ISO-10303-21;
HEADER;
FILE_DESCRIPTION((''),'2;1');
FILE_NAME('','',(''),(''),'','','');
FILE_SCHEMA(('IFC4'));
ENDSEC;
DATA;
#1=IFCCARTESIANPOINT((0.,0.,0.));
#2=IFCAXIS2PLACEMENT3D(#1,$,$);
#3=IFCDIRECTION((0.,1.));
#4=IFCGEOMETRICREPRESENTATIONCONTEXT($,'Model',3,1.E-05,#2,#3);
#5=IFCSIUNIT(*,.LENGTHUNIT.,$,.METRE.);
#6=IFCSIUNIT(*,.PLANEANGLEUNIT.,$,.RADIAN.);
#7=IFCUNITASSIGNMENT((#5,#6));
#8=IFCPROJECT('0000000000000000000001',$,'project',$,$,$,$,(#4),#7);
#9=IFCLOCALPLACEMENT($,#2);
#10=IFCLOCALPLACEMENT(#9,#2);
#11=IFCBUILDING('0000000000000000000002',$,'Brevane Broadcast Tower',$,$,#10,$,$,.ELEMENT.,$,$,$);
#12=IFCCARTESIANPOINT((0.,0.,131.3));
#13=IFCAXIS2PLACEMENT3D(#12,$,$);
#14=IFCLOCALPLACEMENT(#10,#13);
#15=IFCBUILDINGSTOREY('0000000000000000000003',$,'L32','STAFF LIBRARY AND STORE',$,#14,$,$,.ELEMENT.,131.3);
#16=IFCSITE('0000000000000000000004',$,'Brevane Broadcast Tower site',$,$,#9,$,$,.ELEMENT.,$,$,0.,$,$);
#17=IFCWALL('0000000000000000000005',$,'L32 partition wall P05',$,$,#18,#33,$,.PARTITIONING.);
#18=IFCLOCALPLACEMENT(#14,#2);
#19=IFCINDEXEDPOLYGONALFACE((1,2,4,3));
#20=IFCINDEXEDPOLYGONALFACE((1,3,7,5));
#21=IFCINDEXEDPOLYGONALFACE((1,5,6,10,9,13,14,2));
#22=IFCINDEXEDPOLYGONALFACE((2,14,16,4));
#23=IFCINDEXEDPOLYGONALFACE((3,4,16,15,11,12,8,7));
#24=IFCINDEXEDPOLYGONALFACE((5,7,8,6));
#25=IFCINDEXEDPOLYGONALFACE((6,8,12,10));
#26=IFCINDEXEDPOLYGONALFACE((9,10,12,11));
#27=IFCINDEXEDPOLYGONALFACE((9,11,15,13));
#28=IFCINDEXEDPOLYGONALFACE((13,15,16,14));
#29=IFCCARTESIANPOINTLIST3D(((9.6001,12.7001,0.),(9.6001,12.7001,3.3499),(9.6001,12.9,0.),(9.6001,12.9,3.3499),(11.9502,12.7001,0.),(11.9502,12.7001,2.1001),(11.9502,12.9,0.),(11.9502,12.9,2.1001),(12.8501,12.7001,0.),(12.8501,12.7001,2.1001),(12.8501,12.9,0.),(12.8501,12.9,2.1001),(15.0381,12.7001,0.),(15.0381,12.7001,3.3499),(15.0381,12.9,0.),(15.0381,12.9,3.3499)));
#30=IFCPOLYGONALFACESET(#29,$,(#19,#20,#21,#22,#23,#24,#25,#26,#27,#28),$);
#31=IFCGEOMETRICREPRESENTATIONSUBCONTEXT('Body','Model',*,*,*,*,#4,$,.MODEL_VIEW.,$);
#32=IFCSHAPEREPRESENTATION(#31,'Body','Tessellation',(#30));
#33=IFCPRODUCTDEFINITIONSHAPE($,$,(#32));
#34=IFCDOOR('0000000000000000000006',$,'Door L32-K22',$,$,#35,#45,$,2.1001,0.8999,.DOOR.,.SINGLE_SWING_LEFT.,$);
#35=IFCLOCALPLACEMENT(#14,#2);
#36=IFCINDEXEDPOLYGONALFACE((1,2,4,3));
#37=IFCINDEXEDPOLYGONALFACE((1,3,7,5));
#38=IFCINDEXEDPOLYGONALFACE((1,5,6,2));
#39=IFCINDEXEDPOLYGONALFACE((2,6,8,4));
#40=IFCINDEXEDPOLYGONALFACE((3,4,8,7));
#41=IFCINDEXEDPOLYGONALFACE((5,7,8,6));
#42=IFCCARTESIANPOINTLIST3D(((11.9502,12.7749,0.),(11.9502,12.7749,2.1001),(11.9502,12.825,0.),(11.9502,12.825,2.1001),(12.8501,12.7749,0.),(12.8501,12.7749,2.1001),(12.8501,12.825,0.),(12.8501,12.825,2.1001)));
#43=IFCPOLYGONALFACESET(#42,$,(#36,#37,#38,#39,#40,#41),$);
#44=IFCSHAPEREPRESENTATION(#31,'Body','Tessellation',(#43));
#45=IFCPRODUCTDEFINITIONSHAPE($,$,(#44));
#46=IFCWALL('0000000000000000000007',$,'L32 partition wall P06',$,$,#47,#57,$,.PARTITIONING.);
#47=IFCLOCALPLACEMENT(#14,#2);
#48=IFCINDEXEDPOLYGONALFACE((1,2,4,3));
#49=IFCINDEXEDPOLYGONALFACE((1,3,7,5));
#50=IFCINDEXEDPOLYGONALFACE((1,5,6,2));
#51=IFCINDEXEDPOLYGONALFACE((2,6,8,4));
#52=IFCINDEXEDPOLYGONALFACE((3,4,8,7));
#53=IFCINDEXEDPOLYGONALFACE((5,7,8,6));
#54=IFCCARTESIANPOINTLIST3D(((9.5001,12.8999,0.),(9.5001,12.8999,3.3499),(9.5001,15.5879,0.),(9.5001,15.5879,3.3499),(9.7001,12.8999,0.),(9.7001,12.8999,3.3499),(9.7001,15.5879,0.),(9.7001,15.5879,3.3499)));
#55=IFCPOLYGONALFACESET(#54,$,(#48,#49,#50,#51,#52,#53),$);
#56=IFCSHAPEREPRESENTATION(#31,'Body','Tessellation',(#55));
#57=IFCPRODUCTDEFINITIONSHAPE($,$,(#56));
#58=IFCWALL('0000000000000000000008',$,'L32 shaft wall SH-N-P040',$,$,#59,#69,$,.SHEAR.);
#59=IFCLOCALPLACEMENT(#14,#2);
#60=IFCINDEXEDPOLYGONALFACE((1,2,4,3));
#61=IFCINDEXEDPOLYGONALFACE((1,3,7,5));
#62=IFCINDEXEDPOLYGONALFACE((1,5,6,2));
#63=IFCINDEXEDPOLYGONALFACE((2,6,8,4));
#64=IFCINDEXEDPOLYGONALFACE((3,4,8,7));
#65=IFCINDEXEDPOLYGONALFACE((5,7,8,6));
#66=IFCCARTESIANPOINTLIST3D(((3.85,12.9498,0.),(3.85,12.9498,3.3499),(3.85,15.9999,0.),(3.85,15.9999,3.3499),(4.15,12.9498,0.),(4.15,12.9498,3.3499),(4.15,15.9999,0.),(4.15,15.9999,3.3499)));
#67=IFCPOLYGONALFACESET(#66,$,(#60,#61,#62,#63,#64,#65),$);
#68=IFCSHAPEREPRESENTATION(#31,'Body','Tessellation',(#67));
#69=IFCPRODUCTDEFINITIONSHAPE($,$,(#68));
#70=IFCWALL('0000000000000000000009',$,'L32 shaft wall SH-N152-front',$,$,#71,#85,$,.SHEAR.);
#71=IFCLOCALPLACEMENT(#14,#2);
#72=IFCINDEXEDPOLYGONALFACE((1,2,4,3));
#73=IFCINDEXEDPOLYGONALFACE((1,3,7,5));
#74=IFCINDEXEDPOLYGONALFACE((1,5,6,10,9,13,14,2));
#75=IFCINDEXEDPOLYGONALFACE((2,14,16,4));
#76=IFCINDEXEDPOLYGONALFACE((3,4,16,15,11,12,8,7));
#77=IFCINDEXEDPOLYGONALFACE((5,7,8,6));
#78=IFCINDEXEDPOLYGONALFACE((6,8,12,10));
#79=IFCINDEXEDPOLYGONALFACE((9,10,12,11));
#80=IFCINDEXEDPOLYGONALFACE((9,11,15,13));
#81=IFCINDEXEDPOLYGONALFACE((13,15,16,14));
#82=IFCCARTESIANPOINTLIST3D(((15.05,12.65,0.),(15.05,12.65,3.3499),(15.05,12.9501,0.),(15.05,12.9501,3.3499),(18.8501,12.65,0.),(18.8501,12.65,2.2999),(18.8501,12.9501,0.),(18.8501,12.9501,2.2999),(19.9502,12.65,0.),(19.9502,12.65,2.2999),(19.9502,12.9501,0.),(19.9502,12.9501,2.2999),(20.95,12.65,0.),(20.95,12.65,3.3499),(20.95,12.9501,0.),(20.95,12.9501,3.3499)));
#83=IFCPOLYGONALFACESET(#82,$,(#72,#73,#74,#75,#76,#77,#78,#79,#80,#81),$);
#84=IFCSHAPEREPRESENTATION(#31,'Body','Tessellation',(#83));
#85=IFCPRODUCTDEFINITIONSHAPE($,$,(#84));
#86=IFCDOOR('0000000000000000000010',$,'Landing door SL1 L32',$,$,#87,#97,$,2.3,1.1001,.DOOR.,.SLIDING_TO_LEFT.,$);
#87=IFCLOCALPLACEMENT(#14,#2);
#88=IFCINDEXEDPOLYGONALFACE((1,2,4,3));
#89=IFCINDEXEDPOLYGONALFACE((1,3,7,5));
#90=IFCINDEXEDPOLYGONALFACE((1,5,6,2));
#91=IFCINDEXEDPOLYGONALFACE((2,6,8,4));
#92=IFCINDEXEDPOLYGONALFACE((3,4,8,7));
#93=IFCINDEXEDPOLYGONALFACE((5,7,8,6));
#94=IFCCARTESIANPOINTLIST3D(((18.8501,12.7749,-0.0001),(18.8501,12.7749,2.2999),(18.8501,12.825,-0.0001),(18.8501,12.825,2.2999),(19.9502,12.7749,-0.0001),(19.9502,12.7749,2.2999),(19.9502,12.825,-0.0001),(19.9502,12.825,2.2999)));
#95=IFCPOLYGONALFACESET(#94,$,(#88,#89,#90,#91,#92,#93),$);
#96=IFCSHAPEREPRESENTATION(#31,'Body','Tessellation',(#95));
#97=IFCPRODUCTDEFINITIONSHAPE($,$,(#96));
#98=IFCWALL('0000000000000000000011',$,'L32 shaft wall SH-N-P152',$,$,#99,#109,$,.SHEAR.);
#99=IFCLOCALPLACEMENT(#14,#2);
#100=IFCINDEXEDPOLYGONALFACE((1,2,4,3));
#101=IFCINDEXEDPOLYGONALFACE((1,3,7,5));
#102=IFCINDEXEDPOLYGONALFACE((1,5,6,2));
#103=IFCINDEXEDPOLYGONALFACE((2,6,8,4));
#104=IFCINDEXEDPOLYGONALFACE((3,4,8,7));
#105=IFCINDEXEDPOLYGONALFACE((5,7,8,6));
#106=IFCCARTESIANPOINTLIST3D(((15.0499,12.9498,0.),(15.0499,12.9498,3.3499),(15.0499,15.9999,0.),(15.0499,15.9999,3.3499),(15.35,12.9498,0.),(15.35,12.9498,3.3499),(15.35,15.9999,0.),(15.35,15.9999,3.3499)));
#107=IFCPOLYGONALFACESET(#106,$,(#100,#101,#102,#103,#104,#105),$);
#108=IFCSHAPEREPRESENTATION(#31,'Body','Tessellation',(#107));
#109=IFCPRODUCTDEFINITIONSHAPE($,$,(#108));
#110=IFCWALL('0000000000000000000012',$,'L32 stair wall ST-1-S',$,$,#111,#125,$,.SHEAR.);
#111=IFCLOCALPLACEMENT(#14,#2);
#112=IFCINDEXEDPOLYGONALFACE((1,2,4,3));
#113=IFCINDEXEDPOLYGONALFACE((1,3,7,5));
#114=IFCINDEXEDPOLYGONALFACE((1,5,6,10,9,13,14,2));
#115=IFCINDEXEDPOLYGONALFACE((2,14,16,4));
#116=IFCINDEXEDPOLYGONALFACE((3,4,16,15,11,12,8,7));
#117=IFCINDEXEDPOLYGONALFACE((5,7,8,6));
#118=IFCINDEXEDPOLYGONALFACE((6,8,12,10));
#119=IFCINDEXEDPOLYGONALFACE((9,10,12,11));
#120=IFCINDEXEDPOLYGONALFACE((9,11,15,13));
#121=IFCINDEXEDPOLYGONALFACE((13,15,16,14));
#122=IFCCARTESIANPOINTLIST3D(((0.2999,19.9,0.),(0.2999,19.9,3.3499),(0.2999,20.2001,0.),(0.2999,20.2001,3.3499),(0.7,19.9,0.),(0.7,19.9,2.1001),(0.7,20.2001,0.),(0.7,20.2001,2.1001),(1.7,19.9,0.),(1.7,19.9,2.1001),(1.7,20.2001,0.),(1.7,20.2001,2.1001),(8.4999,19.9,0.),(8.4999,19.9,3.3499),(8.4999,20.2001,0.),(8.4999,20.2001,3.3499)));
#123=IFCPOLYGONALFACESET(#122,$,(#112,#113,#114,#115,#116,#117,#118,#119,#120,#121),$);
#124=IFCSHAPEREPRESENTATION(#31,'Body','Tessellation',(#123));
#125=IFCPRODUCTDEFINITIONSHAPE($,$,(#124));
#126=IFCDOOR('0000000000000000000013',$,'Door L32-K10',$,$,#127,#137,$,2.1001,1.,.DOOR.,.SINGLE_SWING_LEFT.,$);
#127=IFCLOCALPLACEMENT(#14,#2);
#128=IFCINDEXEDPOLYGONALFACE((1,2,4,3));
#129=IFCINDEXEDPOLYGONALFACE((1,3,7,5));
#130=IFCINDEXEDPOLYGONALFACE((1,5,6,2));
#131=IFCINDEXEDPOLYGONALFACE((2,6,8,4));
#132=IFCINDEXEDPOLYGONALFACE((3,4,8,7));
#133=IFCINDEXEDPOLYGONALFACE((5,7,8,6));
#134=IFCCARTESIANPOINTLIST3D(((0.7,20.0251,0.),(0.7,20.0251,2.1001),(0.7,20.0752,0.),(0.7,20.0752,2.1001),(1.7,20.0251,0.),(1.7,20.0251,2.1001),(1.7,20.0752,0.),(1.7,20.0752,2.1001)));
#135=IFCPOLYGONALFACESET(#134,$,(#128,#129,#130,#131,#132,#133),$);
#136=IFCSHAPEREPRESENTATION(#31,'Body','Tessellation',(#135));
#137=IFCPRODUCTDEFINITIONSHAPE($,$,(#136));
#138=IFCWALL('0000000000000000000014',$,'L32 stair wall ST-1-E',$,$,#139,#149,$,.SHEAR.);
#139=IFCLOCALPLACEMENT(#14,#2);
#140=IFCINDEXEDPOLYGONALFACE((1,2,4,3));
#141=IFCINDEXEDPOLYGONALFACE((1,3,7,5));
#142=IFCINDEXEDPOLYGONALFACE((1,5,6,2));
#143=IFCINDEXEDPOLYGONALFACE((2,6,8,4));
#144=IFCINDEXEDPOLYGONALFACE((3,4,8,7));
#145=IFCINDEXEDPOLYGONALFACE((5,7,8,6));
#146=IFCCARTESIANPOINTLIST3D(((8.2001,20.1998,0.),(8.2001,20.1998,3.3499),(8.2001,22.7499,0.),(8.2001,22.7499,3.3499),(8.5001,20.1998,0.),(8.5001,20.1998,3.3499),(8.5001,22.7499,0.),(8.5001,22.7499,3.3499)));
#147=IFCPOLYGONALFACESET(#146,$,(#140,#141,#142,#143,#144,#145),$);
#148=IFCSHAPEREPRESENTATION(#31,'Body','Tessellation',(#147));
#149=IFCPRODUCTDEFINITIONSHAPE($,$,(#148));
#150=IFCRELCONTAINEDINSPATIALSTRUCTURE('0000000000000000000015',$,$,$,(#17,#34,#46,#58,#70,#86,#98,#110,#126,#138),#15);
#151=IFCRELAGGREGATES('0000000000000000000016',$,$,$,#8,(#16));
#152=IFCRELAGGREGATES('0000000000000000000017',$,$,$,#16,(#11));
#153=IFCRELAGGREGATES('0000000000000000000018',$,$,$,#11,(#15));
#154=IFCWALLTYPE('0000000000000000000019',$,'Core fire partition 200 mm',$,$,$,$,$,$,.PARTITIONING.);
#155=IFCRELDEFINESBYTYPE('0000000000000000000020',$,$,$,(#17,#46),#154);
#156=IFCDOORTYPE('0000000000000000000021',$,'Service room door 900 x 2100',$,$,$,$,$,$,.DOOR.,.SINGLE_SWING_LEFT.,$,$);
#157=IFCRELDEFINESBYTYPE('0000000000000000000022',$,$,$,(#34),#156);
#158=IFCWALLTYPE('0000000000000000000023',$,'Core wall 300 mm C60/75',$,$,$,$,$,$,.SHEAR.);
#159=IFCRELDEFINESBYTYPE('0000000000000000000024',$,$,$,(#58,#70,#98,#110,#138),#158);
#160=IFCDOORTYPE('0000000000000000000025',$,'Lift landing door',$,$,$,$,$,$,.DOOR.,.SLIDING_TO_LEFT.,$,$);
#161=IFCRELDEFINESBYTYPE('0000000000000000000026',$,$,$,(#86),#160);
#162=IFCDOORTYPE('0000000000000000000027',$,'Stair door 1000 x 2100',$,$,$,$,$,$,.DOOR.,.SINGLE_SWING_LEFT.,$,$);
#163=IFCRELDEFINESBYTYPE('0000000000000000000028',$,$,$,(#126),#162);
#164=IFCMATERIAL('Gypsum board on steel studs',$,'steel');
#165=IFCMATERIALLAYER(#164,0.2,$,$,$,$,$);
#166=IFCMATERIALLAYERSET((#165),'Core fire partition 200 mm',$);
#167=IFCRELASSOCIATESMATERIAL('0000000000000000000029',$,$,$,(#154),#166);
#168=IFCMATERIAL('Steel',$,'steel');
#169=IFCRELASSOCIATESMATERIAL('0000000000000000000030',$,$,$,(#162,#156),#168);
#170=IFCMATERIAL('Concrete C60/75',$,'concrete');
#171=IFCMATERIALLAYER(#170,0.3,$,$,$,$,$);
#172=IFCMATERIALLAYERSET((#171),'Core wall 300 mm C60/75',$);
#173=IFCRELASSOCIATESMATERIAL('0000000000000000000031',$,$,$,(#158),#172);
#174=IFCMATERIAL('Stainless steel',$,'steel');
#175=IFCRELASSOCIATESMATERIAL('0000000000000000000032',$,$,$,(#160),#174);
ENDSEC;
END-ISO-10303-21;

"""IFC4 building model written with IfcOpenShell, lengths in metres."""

from ifc_helpers import new_model, si_unit, direction, frame, frame_2d, origin, place, context, subcontext, project, spatial, rectangle, extrude, material, layer, layer_set, type_object, element, fill, save


model = new_model("IFC4")

# Units and contexts
model_context = context("Model", 3, precision=1e-05, world=origin(), true_north=direction((0.0, 1.0)))
body_context = subcontext(model_context, "Body", "Model", "MODEL_VIEW")
ifc_project = project(units=[si_unit("LENGTHUNIT", "METRE"), si_unit("PLANEANGLEUNIT", "RADIAN")], contexts=[model_context])

# Site, building, storey
site_placement = place(None, origin())
site = spatial("IfcSite", under=ifc_project, at=site_placement, Name="Brevane Broadcast Tower site", CompositionType="ELEMENT", RefElevation=0.0)
building_placement = place(site_placement, origin())
building = spatial("IfcBuilding", under=site, at=building_placement, Name="Brevane Broadcast Tower", CompositionType="ELEMENT")
storey_placement = place(building_placement, frame((0.0, 0.0, 131.3)))
storey = spatial("IfcBuildingStorey", under=building, at=storey_placement, Name="L32", Description="STAFF LIBRARY AND STORE", CompositionType="ELEMENT", Elevation=131.3)

# Shared definitions
ifc_material_1 = material(Name="Gypsum board on steel studs", Category="steel")
ifc_material_2 = material(Name="Steel", Category="steel")

# Wall, opening, door
ifc_layer_1 = layer(ifc_material_1, 0.2)
ifc_layer_set_1 = layer_set([ifc_layer_1], Name="Core fire partition 200 mm")
wall_type_1 = type_object("IfcWallType", Name="Core fire partition 200 mm", PredefinedType="PARTITIONING", material=ifc_layer_set_1)
door_type_1 = type_object("IfcDoorType", Name="Stair door 1000 x 2100", OperationType="SINGLE_SWING_LEFT", PredefinedType="DOOR", material=ifc_material_2)
door_type_2 = type_object("IfcDoorType", Name="Service room door 900 x 2100", OperationType="SINGLE_SWING_LEFT", PredefinedType="DOOR", material=ifc_material_2)
wall_1_placement = place(storey_placement, frame((9.6001, 12.8, 0.0), z_axis=(0.0, 0.0, 1.0), x_axis=(1.0, 0.0, 0.0)))
wall_1 = element("IfcWall", 1, at=wall_1_placement, inside=storey, type_object=wall_type_1, Name="L32 partition wall P05", PredefinedType="PARTITIONING", context=body_context, shape_type="SweptSolid", body=[
    extrude(rectangle(XDim=5.438, YDim=0.2, at=frame_2d((2.719, 0.0))), origin(), (0.0, 0.0, 1.0), 3.3499),
])
opening_1_placement = place(wall_1_placement, frame((2.3501, 0.0, 0.0)))
opening_1 = element("IfcOpeningElement", 2, at=opening_1_placement, cuts=wall_1, PredefinedType="OPENING", context=body_context, shape_type="SweptSolid", body=[
    extrude(rectangle(XDim=0.8999, YDim=2.1001, at=frame_2d((0.45, 1.05))), frame((0.0, 0.1099, 0.0), z_axis=(0.0, -1.0, 0.0), x_axis=(1.0, 0.0, 0.0)), (0.0, 0.0, 1.0), 0.22),
])
door_1_placement = place(opening_1_placement, origin())
door_1 = element("IfcDoor", 3, at=door_1_placement, inside=storey, type_object=door_type_2, Name="Door L32-K22", OperationType="SINGLE_SWING_LEFT", OverallHeight=2.1001, OverallWidth=0.8999, PredefinedType="DOOR", context=body_context, shape_type="SweptSolid", body=[
    extrude(rectangle(XDim=0.8999, YDim=2.1001, at=frame_2d((0.45, 1.05))), frame((0.0, 0.0249, 0.0), z_axis=(0.0, -1.0, 0.0), x_axis=(1.0, 0.0, 0.0)), (0.0, 0.0, 1.0), 0.05),
])
fill(opening_1, door_1)

# Walls
wall_2_placement = place(storey_placement, frame((9.6001, 15.5879, 0.0), z_axis=(0.0, 0.0, 1.0), x_axis=(0.0, -1.0, 0.0)))
element("IfcWall", 4, at=wall_2_placement, inside=storey, type_object=wall_type_1, Name="L32 partition wall P06", PredefinedType="PARTITIONING", context=body_context, shape_type="SweptSolid", body=[
    extrude(rectangle(XDim=2.688, YDim=0.2, at=frame_2d((1.344, 0.0))), origin(), (0.0, 0.0, 1.0), 3.3499),
])
ifc_material_3 = material(Name="Concrete C60/75", Category="concrete")
ifc_layer_2 = layer(ifc_material_3, 0.3)
ifc_layer_set_2 = layer_set([ifc_layer_2], Name="Core wall 300 mm C60/75")
wall_type_2 = type_object("IfcWallType", Name="Core wall 300 mm C60/75", PredefinedType="SHEAR", material=ifc_layer_set_2)
wall_3_placement = place(storey_placement, frame((4.0, 12.95, 0.0), z_axis=(0.0, 0.0, 1.0), x_axis=(0.0, 1.0, 0.0)))
element("IfcWall", 5, at=wall_3_placement, inside=storey, type_object=wall_type_2, Name="L32 shaft wall SH-N-P040", PredefinedType="SHEAR", context=body_context, shape_type="SweptSolid", body=[
    extrude(rectangle(XDim=3.05, YDim=0.3, at=frame_2d((1.5249, 0.0))), origin(), (0.0, 0.0, 1.0), 3.3499),
])

# Wall, opening, door
wall_4_placement = place(storey_placement, frame((15.05, 12.8, 0.0), z_axis=(0.0, 0.0, 1.0), x_axis=(1.0, 0.0, 0.0)))
wall_4 = element("IfcWall", 6, at=wall_4_placement, inside=storey, type_object=wall_type_2, Name="L32 shaft wall SH-N152-front", PredefinedType="SHEAR", context=body_context, shape_type="SweptSolid", body=[
    extrude(rectangle(XDim=5.8999, YDim=0.3, at=frame_2d((2.95, 0.0))), origin(), (0.0, 0.0, 1.0), 3.3499),
])
opening_2_placement = place(wall_4_placement, frame((3.8, 0.0, 0.0)))
opening_2 = element("IfcOpeningElement", 7, at=opening_2_placement, cuts=wall_4, PredefinedType="OPENING", context=body_context, shape_type="SweptSolid", body=[
    extrude(rectangle(XDim=1.1001, YDim=2.3, at=frame_2d((0.55, 1.1499))), frame((0.0, 0.1599, 0.0), z_axis=(0.0, -1.0, 0.0), x_axis=(1.0, 0.0, 0.0)), (0.0, 0.0, 1.0), 0.3201),
])
ifc_material_4 = material(Name="Stainless steel", Category="steel")
door_type_3 = type_object("IfcDoorType", Name="Lift landing door", OperationType="SLIDING_TO_LEFT", PredefinedType="DOOR", material=ifc_material_4)
door_2_placement = place(opening_2_placement, origin())
door_2 = element("IfcDoor", 8, at=door_2_placement, inside=storey, type_object=door_type_3, Name="Landing door SL1 L32", OperationType="SLIDING_TO_LEFT", OverallHeight=2.3, OverallWidth=1.1001, PredefinedType="DOOR", context=body_context, shape_type="SweptSolid", body=[
    extrude(rectangle(XDim=1.1001, YDim=2.3, at=frame_2d((0.55, 1.1499))), frame((0.0, 0.0249, 0.0), z_axis=(0.0, -1.0, 0.0), x_axis=(1.0, 0.0, 0.0)), (0.0, 0.0, 1.0), 0.05),
])
fill(opening_2, door_2)

# Wall
wall_5_placement = place(storey_placement, frame((15.2, 12.95, 0.0), z_axis=(0.0, 0.0, 1.0), x_axis=(0.0, 1.0, 0.0)))
element("IfcWall", 9, at=wall_5_placement, inside=storey, type_object=wall_type_2, Name="L32 shaft wall SH-N-P152", PredefinedType="SHEAR", context=body_context, shape_type="SweptSolid", body=[
    extrude(rectangle(XDim=3.05, YDim=0.3, at=frame_2d((1.5249, 0.0))), origin(), (0.0, 0.0, 1.0), 3.3499),
])

# Wall, opening, door
wall_6_placement = place(storey_placement, frame((8.5, 20.05, 0.0), z_axis=(0.0, 0.0, 1.0), x_axis=(-1.0, 0.0, 0.0)))
wall_6 = element("IfcWall", 10, at=wall_6_placement, inside=storey, type_object=wall_type_2, Name="L32 stair wall ST-1-S", PredefinedType="SHEAR", context=body_context, shape_type="SweptSolid", body=[
    extrude(rectangle(XDim=8.2, YDim=0.3, at=frame_2d((4.1001, 0.0))), origin(), (0.0, 0.0, 1.0), 3.3499),
])
opening_3_placement = place(wall_6_placement, frame((6.8, 0.0, 0.0)))
opening_3 = element("IfcOpeningElement", 11, at=opening_3_placement, cuts=wall_6, PredefinedType="OPENING", context=body_context, shape_type="SweptSolid", body=[
    extrude(rectangle(XDim=1.0, YDim=2.1001, at=frame_2d((0.5, 1.05))), frame((0.0, 0.1599, 0.0), z_axis=(0.0, -1.0, 0.0), x_axis=(1.0, 0.0, 0.0)), (0.0, 0.0, 1.0), 0.3201),
])
door_3_placement = place(opening_3_placement, origin())
door_3 = element("IfcDoor", 12, at=door_3_placement, inside=storey, type_object=door_type_1, Name="Door L32-K10", OperationType="SINGLE_SWING_LEFT", OverallHeight=2.1001, OverallWidth=1.0, PredefinedType="DOOR", context=body_context, shape_type="SweptSolid", body=[
    extrude(rectangle(XDim=1.0, YDim=2.1001, at=frame_2d((0.5, 1.05))), frame((0.0, 0.0249, 0.0), z_axis=(0.0, -1.0, 0.0), x_axis=(1.0, 0.0, 0.0)), (0.0, 0.0, 1.0), 0.05),
])
fill(opening_3, door_3)

# Wall
wall_7_placement = place(storey_placement, frame((8.3501, 20.2, 0.0), z_axis=(0.0, 0.0, 1.0), x_axis=(0.0, 1.0, 0.0)))
element("IfcWall", 13, at=wall_7_placement, inside=storey, type_object=wall_type_2, Name="L32 stair wall ST-1-E", PredefinedType="SHEAR", context=body_context, shape_type="SweptSolid", body=[
    extrude(rectangle(XDim=2.55, YDim=0.3, at=frame_2d((1.2749, 0.0))), origin(), (0.0, 0.0, 1.0), 3.3499),
])

save(model, "model.ifc")
